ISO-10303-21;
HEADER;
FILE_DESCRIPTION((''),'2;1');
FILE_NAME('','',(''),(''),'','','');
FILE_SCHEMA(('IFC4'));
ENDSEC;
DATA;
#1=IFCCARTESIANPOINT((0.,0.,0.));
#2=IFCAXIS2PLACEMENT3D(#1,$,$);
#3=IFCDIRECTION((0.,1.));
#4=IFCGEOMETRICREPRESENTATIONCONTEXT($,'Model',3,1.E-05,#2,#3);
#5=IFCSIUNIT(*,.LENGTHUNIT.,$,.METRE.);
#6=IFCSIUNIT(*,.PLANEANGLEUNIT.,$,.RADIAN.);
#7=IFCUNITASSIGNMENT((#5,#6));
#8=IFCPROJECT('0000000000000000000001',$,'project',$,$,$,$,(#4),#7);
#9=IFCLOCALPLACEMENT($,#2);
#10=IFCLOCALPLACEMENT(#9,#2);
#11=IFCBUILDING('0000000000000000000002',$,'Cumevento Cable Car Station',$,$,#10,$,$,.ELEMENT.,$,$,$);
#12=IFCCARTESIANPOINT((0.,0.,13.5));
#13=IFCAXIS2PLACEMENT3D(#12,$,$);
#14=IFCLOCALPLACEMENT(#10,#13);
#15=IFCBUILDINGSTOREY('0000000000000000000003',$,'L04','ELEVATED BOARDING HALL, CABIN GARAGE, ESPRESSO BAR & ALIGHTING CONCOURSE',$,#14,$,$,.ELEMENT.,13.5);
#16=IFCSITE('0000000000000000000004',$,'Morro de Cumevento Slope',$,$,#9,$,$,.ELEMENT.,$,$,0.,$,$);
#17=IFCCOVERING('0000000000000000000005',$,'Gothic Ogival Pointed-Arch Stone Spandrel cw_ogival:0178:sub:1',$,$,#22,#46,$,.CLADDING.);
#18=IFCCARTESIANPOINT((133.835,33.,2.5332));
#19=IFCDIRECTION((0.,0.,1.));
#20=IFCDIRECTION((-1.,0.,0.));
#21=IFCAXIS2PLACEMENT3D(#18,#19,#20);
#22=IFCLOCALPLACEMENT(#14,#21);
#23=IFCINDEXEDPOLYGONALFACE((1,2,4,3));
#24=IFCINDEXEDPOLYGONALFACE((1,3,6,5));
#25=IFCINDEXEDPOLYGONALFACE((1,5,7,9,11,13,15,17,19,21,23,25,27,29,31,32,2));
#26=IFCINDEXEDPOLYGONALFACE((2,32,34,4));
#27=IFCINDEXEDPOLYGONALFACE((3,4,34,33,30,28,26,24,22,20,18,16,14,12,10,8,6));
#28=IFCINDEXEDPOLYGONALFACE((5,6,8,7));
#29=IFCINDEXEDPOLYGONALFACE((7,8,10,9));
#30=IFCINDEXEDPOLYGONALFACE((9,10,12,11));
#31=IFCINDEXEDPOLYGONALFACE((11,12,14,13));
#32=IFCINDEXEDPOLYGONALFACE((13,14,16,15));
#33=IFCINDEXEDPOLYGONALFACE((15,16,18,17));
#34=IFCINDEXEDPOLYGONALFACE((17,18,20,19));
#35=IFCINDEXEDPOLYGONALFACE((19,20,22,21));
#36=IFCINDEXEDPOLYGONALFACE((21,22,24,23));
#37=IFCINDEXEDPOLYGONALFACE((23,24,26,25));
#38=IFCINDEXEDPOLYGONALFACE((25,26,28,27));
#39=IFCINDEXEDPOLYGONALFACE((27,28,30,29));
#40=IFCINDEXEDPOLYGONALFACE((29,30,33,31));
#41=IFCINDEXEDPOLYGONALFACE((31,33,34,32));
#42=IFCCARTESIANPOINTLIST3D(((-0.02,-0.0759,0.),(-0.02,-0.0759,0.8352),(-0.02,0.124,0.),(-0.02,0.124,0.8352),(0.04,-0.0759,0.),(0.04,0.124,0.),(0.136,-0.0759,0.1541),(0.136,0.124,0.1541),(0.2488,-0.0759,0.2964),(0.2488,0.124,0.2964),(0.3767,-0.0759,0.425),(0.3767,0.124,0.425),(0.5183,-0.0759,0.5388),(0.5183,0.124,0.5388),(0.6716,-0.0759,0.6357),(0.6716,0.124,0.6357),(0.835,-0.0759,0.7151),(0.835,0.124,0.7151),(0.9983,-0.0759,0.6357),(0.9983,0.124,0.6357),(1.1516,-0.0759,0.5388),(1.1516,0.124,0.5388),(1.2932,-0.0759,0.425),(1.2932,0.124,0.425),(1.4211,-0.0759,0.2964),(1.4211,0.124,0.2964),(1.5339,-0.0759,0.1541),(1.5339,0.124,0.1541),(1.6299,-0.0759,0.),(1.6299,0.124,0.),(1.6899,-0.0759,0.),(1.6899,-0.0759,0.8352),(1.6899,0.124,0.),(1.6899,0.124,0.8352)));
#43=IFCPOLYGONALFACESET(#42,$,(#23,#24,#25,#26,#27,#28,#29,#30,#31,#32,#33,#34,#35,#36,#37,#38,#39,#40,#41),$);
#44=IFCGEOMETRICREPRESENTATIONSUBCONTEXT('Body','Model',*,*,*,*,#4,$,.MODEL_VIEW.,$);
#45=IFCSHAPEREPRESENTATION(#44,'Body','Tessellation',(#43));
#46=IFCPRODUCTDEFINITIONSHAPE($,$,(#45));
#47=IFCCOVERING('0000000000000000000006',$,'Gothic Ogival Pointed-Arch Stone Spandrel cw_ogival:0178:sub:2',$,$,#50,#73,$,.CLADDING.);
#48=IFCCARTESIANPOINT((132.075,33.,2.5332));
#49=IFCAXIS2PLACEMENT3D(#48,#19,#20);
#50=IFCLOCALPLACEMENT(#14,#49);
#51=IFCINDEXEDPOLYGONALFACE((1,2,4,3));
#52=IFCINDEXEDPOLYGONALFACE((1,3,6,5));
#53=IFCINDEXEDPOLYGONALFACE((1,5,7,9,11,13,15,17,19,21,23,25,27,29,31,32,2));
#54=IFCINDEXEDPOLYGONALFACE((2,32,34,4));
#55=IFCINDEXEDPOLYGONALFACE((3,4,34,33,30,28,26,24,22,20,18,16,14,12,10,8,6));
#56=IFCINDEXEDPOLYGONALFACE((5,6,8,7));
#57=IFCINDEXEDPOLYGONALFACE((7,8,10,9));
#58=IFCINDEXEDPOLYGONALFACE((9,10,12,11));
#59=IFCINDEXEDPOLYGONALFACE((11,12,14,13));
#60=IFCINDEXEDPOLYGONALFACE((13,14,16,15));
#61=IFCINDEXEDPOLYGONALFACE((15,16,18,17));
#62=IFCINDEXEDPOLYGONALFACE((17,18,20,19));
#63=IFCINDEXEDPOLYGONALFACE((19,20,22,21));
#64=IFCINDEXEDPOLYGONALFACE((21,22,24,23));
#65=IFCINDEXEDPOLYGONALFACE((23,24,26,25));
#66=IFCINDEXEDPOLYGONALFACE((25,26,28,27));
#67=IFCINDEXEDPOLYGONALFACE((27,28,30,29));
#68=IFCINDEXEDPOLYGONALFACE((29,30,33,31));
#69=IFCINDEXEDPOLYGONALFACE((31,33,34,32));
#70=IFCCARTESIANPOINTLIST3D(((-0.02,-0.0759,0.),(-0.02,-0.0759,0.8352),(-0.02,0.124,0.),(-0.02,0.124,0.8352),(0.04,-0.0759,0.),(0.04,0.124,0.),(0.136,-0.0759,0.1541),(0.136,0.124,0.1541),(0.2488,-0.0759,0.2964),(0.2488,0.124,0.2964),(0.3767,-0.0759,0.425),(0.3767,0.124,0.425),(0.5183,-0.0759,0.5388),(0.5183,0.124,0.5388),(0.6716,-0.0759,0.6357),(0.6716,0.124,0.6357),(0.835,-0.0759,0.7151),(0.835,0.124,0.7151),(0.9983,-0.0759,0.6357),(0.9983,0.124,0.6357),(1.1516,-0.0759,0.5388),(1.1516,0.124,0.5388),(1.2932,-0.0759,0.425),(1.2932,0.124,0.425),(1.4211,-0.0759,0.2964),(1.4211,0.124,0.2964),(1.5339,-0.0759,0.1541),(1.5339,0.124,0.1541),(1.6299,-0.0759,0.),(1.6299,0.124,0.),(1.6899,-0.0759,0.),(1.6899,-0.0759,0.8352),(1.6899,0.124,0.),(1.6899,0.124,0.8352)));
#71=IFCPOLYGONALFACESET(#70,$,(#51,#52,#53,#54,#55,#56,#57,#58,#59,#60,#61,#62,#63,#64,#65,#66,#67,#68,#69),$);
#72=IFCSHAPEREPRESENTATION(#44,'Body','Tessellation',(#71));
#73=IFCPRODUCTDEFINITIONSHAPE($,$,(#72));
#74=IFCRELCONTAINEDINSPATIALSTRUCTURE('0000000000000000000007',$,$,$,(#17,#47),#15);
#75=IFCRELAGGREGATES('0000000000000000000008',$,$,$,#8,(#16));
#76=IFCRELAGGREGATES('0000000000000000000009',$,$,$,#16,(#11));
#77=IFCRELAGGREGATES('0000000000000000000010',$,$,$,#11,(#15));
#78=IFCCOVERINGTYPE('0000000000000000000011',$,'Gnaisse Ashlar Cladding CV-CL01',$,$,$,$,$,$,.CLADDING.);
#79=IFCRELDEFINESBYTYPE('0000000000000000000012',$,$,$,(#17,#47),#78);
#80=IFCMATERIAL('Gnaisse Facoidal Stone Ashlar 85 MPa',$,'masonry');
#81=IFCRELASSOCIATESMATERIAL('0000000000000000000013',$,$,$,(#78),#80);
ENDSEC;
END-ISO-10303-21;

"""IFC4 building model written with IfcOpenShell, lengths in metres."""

from ifc_helpers import new_model, si_unit, direction, frame, origin, place, context, subcontext, project, spatial, polyline, outline, extrude, material, type_object, element, save


model = new_model("IFC4")

# Units and contexts
model_context = context("Model", 3, precision=1e-05, world=origin(), true_north=direction((0.0, 1.0)))
body_context = subcontext(model_context, "Body", "Model", "MODEL_VIEW")
ifc_project = project(units=[si_unit("LENGTHUNIT", "METRE"), si_unit("PLANEANGLEUNIT", "RADIAN")], contexts=[model_context])

# Site, building, storey
site_placement = place(None, origin())
site = spatial("IfcSite", under=ifc_project, at=site_placement, Name="Morro de Cumevento Slope", CompositionType="ELEMENT", RefElevation=0.0)
building_placement = place(site_placement, origin())
building = spatial("IfcBuilding", under=site, at=building_placement, Name="Cumevento Cable Car Station", CompositionType="ELEMENT")
storey_placement = place(building_placement, frame((0.0, 0.0, 13.5)))
storey = spatial("IfcBuildingStorey", under=building, at=storey_placement, Name="L04", Description="ELEVATED BOARDING HALL, CABIN GARAGE, ESPRESSO BAR & ALIGHTING CONCOURSE", CompositionType="ELEMENT", Elevation=13.5)

# Coverings
ifc_material_1 = material(Name="Gnaisse Facoidal Stone Ashlar 85 MPa", Category="masonry")
covering_type = type_object("IfcCoveringType", Name="Gnaisse Ashlar Cladding CV-CL01", PredefinedType="CLADDING", material=ifc_material_1)
for number, where, z_axis, x_axis, name in (
    (1, (133.835, 33.0, 2.5332), (0.0, 0.0, 1.0), (-1.0, 0.0, 0.0), "Gothic Ogival Pointed-Arch Stone Spandrel cw_ogival:0178:sub:1"),
    (2, (132.075, 33.0, 2.5332), (0.0, 0.0, 1.0), (-1.0, 0.0, 0.0), "Gothic Ogival Pointed-Arch Stone Spandrel cw_ogival:0178:sub:2"),
):
    element("IfcCovering", number, at=place(storey_placement, frame(where, z_axis=z_axis, x_axis=x_axis)), inside=storey, type_object=covering_type, Name=name, PredefinedType="CLADDING", context=body_context, shape_type="SweptSolid", body=[
        extrude(outline(polyline([(-0.02, 0.0), (-0.02, 0.8352), (1.6899, 0.8352), (1.6899, 0.0), (1.6299, 0.0), (1.5339, 0.1541), (1.4211, 0.2964), (1.2932, 0.425), (1.1516, 0.5388), (0.9983, 0.6357), (0.835, 0.7151), (0.6716, 0.6357), (0.5183, 0.5388), (0.3767, 0.425), (0.2488, 0.2964), (0.136, 0.1541), (0.04, 0.0), (-0.02, 0.0)])), frame((0.0, 0.124, 0.0), z_axis=(0.0, -1.0, 0.0), x_axis=(1.0, 0.0, 0.0)), (0.0, 0.0, 1.0), 0.2),
    ])

save(model, "model.ifc")
